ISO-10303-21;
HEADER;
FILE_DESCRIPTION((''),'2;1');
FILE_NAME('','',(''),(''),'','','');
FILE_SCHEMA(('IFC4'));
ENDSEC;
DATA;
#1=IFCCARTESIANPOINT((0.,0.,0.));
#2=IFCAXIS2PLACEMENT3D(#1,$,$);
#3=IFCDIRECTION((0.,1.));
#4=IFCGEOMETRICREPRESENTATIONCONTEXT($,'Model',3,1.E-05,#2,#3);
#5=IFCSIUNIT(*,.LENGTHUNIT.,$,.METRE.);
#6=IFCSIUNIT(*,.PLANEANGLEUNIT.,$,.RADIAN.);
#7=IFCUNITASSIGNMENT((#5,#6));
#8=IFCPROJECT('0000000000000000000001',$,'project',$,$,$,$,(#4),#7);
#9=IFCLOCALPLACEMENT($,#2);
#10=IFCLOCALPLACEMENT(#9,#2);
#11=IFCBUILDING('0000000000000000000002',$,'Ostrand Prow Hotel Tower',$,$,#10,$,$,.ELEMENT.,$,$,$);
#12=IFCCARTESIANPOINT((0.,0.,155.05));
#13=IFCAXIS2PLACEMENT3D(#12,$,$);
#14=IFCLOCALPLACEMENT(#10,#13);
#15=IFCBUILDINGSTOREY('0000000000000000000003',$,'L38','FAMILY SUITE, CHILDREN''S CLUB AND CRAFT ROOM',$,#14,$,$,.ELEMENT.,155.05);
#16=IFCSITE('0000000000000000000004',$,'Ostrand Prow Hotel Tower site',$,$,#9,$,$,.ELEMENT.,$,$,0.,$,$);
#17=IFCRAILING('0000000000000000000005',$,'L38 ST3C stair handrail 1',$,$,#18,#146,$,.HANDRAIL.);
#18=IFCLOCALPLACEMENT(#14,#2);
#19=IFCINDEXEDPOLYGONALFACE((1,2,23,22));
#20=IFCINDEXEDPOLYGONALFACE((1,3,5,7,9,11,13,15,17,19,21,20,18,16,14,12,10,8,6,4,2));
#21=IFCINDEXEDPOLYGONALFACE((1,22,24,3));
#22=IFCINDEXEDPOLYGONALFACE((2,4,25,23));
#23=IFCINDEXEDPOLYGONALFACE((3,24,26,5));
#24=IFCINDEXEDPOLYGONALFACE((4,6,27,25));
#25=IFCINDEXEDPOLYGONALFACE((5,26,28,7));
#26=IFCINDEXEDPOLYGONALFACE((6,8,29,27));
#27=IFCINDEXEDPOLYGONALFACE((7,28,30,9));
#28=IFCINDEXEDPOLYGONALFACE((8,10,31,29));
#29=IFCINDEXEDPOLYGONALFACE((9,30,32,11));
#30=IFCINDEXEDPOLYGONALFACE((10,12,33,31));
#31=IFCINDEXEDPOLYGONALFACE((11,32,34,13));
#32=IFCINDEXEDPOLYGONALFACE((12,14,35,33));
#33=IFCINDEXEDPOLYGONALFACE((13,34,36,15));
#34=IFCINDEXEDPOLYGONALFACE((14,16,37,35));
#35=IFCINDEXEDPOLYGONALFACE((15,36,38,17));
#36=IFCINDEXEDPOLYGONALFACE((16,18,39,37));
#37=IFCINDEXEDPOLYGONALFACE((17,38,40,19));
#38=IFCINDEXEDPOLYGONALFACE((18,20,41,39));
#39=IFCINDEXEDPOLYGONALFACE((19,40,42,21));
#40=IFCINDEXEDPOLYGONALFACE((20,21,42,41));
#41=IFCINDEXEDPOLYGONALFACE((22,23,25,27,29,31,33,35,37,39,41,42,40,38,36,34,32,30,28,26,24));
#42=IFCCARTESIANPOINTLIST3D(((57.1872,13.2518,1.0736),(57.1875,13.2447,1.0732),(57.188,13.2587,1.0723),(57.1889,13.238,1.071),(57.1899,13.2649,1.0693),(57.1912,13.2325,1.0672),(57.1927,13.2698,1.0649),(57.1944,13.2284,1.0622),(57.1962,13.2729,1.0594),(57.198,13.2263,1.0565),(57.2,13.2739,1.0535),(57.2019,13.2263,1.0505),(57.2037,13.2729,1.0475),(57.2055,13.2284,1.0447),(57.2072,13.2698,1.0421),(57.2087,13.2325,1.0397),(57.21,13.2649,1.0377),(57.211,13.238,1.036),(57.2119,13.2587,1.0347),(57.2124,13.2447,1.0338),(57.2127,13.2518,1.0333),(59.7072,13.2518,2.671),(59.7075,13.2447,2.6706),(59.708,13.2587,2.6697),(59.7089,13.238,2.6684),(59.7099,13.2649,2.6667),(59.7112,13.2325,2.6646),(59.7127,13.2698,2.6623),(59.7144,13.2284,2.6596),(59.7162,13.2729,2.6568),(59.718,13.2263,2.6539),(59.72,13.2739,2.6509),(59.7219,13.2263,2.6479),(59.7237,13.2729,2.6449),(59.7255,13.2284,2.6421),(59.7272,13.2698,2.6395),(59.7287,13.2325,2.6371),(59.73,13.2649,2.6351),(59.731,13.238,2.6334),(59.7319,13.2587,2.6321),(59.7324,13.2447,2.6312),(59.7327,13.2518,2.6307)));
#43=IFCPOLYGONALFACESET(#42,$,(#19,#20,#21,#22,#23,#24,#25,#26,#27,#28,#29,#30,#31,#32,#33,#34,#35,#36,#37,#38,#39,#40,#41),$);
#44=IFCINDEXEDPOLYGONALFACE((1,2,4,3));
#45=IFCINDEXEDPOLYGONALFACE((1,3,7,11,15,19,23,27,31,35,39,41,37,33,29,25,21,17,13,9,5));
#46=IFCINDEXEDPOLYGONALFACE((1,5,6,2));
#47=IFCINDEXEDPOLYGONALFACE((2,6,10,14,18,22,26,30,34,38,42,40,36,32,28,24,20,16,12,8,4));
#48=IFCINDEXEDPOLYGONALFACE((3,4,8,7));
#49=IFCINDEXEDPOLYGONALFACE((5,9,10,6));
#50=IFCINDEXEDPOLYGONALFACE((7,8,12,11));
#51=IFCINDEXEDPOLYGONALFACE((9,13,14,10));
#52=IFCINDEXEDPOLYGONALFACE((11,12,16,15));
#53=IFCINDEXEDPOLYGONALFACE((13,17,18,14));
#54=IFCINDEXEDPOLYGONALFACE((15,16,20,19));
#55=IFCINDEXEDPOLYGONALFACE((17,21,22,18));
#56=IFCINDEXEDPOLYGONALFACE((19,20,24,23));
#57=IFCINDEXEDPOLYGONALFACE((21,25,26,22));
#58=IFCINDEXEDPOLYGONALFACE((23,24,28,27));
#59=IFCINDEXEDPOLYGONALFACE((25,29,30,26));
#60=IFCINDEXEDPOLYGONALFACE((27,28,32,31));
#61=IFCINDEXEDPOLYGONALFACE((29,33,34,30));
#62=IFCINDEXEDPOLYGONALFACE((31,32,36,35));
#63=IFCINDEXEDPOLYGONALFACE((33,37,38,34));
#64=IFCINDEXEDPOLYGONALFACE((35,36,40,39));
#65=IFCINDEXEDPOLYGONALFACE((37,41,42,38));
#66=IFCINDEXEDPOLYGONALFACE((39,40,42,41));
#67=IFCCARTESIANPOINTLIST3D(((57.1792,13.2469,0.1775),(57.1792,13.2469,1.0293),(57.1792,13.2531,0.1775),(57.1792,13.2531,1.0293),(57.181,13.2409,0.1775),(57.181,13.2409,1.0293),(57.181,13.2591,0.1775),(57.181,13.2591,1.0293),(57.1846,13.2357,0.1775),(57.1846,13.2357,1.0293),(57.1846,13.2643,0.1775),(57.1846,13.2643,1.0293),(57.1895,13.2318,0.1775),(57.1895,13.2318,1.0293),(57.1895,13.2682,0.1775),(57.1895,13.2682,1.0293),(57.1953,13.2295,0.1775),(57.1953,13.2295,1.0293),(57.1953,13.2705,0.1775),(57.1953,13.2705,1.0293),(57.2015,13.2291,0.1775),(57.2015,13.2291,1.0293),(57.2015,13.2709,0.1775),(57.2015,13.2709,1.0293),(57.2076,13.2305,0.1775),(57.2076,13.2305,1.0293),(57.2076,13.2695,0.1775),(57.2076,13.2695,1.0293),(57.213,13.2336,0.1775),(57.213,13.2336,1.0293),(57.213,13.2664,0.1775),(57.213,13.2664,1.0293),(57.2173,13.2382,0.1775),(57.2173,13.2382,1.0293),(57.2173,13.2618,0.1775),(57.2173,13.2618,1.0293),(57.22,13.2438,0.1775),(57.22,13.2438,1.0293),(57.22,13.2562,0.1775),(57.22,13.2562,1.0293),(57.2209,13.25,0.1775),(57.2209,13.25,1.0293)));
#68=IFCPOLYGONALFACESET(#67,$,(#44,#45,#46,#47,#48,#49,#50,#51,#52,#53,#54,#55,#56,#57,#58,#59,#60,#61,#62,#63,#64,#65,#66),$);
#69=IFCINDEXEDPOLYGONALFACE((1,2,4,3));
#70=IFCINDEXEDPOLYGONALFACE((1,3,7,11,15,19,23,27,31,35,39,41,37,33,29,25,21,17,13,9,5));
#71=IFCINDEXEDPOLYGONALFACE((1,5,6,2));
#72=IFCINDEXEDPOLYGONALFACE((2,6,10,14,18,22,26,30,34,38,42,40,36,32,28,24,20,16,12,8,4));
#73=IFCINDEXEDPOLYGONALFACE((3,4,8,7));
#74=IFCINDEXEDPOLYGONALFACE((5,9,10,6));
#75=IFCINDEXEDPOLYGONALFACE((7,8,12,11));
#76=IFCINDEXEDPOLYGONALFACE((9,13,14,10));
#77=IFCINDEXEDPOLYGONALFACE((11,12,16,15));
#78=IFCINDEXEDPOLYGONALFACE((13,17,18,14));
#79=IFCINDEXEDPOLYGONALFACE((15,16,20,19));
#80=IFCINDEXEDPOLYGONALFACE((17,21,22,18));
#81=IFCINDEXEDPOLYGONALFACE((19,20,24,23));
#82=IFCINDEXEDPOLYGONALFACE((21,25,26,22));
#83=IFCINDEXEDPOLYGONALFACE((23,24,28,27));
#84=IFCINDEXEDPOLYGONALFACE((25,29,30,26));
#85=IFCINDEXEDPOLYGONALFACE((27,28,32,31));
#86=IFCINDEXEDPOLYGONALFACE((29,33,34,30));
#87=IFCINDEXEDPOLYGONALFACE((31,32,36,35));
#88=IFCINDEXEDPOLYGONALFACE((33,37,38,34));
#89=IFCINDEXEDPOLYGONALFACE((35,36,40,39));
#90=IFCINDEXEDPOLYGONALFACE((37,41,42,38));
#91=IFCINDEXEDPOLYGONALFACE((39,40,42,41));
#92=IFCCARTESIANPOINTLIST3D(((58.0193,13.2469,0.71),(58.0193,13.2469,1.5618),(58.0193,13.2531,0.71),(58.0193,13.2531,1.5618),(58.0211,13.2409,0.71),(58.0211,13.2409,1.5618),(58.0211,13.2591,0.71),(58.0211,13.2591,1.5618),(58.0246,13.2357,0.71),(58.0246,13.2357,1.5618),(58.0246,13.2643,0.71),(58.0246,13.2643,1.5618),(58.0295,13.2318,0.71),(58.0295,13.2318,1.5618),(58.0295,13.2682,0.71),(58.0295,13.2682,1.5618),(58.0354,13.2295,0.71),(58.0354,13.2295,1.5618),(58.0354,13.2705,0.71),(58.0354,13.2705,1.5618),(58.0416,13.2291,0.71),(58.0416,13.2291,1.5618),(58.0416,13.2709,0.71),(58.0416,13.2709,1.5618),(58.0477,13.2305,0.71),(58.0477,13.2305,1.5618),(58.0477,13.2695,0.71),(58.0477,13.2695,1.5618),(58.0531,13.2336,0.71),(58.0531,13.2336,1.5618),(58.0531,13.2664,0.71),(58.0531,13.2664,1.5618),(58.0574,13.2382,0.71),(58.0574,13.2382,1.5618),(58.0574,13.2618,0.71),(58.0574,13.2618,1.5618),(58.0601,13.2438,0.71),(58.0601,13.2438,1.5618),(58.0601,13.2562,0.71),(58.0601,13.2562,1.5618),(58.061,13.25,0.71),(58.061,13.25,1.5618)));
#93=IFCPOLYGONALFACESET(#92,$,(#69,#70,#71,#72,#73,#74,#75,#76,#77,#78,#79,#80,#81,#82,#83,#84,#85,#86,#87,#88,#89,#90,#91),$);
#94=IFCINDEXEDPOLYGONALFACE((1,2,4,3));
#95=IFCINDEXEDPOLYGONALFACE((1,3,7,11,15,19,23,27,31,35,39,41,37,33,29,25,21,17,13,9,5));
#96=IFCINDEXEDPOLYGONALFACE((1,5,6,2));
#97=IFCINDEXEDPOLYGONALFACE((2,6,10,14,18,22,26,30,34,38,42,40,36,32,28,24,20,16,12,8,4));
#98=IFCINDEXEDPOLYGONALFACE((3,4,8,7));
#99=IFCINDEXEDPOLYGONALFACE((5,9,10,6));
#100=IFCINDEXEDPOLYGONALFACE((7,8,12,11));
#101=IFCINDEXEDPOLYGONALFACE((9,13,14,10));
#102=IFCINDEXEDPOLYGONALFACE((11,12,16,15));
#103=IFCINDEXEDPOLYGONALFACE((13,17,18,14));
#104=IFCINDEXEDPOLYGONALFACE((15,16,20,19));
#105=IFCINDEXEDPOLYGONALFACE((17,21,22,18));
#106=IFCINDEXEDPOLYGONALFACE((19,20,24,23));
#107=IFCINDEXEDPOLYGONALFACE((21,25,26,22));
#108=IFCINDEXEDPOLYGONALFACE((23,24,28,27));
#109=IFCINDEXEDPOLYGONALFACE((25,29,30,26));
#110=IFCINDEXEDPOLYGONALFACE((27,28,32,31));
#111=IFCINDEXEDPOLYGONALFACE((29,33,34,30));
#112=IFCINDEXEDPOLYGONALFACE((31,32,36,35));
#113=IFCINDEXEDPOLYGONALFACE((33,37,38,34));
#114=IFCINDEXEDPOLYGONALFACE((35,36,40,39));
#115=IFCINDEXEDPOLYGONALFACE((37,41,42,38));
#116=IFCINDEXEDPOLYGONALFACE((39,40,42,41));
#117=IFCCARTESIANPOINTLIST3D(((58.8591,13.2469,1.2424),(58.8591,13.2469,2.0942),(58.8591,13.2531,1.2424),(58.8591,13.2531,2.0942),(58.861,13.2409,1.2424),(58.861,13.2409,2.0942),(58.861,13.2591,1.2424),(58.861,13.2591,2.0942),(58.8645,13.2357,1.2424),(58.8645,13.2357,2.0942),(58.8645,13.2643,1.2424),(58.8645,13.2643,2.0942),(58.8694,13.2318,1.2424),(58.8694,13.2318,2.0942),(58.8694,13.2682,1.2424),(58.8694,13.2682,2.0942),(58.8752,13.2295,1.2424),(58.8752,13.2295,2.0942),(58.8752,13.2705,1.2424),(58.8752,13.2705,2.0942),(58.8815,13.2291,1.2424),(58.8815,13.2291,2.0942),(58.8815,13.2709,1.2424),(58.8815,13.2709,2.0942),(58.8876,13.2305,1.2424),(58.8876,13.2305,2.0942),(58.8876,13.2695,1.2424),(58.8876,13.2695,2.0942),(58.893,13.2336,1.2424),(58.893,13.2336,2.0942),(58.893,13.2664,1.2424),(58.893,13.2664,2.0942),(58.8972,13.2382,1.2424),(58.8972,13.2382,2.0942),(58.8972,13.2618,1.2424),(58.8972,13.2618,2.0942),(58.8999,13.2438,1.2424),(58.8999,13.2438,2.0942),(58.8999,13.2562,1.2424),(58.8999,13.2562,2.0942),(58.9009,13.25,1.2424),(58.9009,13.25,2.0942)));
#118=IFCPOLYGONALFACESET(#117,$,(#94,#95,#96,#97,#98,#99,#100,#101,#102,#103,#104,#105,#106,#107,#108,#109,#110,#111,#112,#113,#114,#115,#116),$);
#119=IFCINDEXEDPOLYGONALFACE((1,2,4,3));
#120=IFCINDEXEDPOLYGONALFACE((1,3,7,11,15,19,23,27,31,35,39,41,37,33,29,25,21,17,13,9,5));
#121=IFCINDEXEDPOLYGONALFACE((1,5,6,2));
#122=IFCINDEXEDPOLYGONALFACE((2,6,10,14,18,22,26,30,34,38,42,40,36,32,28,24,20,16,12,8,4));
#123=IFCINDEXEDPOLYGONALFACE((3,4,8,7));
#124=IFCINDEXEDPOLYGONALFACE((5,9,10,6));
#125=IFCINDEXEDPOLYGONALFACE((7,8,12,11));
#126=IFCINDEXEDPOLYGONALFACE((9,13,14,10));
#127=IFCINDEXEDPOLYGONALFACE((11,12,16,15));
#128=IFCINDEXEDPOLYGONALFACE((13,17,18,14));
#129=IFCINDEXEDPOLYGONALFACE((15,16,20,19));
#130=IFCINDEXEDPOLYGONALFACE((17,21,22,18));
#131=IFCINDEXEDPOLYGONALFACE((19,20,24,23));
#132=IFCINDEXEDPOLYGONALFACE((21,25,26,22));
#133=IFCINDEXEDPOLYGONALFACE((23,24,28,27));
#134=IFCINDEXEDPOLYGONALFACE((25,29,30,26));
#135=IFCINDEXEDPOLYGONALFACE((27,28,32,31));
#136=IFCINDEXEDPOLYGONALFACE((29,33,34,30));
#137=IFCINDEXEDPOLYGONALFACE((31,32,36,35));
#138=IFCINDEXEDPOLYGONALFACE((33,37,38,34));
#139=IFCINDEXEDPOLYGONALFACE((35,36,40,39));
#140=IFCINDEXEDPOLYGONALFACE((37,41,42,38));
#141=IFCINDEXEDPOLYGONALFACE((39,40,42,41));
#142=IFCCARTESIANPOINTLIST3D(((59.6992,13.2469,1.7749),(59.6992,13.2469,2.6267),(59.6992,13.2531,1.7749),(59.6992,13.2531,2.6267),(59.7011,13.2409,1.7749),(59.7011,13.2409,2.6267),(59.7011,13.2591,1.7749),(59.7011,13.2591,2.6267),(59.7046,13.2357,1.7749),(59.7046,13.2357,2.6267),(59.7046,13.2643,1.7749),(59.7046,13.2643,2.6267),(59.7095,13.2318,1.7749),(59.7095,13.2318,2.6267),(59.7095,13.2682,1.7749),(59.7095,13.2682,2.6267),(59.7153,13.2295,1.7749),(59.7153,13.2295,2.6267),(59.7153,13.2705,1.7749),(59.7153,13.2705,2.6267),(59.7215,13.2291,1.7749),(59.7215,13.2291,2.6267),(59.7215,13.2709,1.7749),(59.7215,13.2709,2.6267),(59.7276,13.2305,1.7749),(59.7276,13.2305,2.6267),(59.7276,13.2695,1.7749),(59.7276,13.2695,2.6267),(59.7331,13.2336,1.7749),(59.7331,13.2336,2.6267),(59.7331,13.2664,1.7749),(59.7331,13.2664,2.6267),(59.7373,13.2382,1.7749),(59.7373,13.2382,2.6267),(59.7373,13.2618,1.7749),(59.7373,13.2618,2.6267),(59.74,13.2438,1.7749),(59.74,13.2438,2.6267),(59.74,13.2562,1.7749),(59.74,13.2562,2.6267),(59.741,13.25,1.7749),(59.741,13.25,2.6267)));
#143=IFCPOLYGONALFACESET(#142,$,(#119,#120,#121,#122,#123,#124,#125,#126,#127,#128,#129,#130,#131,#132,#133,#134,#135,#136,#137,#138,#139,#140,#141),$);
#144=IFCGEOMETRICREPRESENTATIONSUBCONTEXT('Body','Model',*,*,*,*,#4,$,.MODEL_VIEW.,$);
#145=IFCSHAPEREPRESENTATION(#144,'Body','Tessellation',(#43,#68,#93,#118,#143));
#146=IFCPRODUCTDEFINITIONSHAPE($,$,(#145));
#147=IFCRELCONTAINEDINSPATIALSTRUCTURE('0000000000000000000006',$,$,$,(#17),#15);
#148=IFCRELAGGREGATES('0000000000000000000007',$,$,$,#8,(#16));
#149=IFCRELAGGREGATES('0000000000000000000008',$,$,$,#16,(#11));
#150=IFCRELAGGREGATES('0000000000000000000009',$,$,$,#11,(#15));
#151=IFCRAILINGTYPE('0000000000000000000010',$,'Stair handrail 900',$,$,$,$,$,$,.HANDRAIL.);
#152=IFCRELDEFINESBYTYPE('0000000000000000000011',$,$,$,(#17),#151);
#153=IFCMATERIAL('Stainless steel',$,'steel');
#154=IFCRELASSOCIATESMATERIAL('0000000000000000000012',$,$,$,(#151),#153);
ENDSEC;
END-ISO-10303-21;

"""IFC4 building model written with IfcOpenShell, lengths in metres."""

from ifc_helpers import new_model, si_unit, direction, frame, origin, origin_2d, place, context, subcontext, project, spatial, circle, extrude, material, type_object, element, save


model = new_model("IFC4")

# Units and contexts
model_context = context("Model", 3, precision=1e-05, world=origin(), true_north=direction((0.0, 1.0)))
body_context = subcontext(model_context, "Body", "Model", "MODEL_VIEW")
ifc_project = project(units=[si_unit("LENGTHUNIT", "METRE"), si_unit("PLANEANGLEUNIT", "RADIAN")], contexts=[model_context])

# Site, building, storey
site_placement = place(None, origin())
site = spatial("IfcSite", under=ifc_project, at=site_placement, Name="Ostrand Prow Hotel Tower site", CompositionType="ELEMENT", RefElevation=0.0)
building_placement = place(site_placement, origin())
building = spatial("IfcBuilding", under=site, at=building_placement, Name="Ostrand Prow Hotel Tower", CompositionType="ELEMENT")
storey_placement = place(building_placement, frame((0.0, 0.0, 155.05)))
storey = spatial("IfcBuildingStorey", under=building, at=storey_placement, Name="L38", Description="FAMILY SUITE, CHILDREN'S CLUB AND CRAFT ROOM", CompositionType="ELEMENT", Elevation=155.05)

# Railing
ifc_material_1 = material(Name="Stainless steel", Category="steel")
railing_type_1 = type_object("IfcRailingType", Name="Stair handrail 900", PredefinedType="HANDRAIL", material=ifc_material_1)
railing_1_placement = place(storey_placement, frame((57.2, 13.25, 0.1775)))
element("IfcRailing", 1, at=railing_1_placement, inside=storey, type_object=railing_type_1, Name="L38 ST3C stair handrail 1", PredefinedType="HANDRAIL", context=body_context, shape_type="SweptSolid", body=[
    extrude(circle(Radius=0.0239, at=origin_2d()), frame((0.0, 0.0, 0.876), z_axis=(0.844607, 0.0, 0.535387), x_axis=(0.0, 1.0, 0.0)), (0.0, 0.0, 1.0), 2.9836),
    extrude(circle(Radius=0.021, at=origin_2d()), origin(), (0.0, 0.0, 1.0), 0.8518),
    extrude(circle(Radius=0.021, at=origin_2d()), frame((0.8401, 0.0, 0.5325)), (0.0, 0.0, 1.0), 0.8518),
    extrude(circle(Radius=0.021, at=origin_2d()), frame((1.6799, 0.0, 1.0649)), (0.0, 0.0, 1.0), 0.8518),
    extrude(circle(Radius=0.021, at=origin_2d()), frame((2.52, 0.0, 1.5974)), (0.0, 0.0, 1.0), 0.8518),
])

save(model, "model.ifc")
